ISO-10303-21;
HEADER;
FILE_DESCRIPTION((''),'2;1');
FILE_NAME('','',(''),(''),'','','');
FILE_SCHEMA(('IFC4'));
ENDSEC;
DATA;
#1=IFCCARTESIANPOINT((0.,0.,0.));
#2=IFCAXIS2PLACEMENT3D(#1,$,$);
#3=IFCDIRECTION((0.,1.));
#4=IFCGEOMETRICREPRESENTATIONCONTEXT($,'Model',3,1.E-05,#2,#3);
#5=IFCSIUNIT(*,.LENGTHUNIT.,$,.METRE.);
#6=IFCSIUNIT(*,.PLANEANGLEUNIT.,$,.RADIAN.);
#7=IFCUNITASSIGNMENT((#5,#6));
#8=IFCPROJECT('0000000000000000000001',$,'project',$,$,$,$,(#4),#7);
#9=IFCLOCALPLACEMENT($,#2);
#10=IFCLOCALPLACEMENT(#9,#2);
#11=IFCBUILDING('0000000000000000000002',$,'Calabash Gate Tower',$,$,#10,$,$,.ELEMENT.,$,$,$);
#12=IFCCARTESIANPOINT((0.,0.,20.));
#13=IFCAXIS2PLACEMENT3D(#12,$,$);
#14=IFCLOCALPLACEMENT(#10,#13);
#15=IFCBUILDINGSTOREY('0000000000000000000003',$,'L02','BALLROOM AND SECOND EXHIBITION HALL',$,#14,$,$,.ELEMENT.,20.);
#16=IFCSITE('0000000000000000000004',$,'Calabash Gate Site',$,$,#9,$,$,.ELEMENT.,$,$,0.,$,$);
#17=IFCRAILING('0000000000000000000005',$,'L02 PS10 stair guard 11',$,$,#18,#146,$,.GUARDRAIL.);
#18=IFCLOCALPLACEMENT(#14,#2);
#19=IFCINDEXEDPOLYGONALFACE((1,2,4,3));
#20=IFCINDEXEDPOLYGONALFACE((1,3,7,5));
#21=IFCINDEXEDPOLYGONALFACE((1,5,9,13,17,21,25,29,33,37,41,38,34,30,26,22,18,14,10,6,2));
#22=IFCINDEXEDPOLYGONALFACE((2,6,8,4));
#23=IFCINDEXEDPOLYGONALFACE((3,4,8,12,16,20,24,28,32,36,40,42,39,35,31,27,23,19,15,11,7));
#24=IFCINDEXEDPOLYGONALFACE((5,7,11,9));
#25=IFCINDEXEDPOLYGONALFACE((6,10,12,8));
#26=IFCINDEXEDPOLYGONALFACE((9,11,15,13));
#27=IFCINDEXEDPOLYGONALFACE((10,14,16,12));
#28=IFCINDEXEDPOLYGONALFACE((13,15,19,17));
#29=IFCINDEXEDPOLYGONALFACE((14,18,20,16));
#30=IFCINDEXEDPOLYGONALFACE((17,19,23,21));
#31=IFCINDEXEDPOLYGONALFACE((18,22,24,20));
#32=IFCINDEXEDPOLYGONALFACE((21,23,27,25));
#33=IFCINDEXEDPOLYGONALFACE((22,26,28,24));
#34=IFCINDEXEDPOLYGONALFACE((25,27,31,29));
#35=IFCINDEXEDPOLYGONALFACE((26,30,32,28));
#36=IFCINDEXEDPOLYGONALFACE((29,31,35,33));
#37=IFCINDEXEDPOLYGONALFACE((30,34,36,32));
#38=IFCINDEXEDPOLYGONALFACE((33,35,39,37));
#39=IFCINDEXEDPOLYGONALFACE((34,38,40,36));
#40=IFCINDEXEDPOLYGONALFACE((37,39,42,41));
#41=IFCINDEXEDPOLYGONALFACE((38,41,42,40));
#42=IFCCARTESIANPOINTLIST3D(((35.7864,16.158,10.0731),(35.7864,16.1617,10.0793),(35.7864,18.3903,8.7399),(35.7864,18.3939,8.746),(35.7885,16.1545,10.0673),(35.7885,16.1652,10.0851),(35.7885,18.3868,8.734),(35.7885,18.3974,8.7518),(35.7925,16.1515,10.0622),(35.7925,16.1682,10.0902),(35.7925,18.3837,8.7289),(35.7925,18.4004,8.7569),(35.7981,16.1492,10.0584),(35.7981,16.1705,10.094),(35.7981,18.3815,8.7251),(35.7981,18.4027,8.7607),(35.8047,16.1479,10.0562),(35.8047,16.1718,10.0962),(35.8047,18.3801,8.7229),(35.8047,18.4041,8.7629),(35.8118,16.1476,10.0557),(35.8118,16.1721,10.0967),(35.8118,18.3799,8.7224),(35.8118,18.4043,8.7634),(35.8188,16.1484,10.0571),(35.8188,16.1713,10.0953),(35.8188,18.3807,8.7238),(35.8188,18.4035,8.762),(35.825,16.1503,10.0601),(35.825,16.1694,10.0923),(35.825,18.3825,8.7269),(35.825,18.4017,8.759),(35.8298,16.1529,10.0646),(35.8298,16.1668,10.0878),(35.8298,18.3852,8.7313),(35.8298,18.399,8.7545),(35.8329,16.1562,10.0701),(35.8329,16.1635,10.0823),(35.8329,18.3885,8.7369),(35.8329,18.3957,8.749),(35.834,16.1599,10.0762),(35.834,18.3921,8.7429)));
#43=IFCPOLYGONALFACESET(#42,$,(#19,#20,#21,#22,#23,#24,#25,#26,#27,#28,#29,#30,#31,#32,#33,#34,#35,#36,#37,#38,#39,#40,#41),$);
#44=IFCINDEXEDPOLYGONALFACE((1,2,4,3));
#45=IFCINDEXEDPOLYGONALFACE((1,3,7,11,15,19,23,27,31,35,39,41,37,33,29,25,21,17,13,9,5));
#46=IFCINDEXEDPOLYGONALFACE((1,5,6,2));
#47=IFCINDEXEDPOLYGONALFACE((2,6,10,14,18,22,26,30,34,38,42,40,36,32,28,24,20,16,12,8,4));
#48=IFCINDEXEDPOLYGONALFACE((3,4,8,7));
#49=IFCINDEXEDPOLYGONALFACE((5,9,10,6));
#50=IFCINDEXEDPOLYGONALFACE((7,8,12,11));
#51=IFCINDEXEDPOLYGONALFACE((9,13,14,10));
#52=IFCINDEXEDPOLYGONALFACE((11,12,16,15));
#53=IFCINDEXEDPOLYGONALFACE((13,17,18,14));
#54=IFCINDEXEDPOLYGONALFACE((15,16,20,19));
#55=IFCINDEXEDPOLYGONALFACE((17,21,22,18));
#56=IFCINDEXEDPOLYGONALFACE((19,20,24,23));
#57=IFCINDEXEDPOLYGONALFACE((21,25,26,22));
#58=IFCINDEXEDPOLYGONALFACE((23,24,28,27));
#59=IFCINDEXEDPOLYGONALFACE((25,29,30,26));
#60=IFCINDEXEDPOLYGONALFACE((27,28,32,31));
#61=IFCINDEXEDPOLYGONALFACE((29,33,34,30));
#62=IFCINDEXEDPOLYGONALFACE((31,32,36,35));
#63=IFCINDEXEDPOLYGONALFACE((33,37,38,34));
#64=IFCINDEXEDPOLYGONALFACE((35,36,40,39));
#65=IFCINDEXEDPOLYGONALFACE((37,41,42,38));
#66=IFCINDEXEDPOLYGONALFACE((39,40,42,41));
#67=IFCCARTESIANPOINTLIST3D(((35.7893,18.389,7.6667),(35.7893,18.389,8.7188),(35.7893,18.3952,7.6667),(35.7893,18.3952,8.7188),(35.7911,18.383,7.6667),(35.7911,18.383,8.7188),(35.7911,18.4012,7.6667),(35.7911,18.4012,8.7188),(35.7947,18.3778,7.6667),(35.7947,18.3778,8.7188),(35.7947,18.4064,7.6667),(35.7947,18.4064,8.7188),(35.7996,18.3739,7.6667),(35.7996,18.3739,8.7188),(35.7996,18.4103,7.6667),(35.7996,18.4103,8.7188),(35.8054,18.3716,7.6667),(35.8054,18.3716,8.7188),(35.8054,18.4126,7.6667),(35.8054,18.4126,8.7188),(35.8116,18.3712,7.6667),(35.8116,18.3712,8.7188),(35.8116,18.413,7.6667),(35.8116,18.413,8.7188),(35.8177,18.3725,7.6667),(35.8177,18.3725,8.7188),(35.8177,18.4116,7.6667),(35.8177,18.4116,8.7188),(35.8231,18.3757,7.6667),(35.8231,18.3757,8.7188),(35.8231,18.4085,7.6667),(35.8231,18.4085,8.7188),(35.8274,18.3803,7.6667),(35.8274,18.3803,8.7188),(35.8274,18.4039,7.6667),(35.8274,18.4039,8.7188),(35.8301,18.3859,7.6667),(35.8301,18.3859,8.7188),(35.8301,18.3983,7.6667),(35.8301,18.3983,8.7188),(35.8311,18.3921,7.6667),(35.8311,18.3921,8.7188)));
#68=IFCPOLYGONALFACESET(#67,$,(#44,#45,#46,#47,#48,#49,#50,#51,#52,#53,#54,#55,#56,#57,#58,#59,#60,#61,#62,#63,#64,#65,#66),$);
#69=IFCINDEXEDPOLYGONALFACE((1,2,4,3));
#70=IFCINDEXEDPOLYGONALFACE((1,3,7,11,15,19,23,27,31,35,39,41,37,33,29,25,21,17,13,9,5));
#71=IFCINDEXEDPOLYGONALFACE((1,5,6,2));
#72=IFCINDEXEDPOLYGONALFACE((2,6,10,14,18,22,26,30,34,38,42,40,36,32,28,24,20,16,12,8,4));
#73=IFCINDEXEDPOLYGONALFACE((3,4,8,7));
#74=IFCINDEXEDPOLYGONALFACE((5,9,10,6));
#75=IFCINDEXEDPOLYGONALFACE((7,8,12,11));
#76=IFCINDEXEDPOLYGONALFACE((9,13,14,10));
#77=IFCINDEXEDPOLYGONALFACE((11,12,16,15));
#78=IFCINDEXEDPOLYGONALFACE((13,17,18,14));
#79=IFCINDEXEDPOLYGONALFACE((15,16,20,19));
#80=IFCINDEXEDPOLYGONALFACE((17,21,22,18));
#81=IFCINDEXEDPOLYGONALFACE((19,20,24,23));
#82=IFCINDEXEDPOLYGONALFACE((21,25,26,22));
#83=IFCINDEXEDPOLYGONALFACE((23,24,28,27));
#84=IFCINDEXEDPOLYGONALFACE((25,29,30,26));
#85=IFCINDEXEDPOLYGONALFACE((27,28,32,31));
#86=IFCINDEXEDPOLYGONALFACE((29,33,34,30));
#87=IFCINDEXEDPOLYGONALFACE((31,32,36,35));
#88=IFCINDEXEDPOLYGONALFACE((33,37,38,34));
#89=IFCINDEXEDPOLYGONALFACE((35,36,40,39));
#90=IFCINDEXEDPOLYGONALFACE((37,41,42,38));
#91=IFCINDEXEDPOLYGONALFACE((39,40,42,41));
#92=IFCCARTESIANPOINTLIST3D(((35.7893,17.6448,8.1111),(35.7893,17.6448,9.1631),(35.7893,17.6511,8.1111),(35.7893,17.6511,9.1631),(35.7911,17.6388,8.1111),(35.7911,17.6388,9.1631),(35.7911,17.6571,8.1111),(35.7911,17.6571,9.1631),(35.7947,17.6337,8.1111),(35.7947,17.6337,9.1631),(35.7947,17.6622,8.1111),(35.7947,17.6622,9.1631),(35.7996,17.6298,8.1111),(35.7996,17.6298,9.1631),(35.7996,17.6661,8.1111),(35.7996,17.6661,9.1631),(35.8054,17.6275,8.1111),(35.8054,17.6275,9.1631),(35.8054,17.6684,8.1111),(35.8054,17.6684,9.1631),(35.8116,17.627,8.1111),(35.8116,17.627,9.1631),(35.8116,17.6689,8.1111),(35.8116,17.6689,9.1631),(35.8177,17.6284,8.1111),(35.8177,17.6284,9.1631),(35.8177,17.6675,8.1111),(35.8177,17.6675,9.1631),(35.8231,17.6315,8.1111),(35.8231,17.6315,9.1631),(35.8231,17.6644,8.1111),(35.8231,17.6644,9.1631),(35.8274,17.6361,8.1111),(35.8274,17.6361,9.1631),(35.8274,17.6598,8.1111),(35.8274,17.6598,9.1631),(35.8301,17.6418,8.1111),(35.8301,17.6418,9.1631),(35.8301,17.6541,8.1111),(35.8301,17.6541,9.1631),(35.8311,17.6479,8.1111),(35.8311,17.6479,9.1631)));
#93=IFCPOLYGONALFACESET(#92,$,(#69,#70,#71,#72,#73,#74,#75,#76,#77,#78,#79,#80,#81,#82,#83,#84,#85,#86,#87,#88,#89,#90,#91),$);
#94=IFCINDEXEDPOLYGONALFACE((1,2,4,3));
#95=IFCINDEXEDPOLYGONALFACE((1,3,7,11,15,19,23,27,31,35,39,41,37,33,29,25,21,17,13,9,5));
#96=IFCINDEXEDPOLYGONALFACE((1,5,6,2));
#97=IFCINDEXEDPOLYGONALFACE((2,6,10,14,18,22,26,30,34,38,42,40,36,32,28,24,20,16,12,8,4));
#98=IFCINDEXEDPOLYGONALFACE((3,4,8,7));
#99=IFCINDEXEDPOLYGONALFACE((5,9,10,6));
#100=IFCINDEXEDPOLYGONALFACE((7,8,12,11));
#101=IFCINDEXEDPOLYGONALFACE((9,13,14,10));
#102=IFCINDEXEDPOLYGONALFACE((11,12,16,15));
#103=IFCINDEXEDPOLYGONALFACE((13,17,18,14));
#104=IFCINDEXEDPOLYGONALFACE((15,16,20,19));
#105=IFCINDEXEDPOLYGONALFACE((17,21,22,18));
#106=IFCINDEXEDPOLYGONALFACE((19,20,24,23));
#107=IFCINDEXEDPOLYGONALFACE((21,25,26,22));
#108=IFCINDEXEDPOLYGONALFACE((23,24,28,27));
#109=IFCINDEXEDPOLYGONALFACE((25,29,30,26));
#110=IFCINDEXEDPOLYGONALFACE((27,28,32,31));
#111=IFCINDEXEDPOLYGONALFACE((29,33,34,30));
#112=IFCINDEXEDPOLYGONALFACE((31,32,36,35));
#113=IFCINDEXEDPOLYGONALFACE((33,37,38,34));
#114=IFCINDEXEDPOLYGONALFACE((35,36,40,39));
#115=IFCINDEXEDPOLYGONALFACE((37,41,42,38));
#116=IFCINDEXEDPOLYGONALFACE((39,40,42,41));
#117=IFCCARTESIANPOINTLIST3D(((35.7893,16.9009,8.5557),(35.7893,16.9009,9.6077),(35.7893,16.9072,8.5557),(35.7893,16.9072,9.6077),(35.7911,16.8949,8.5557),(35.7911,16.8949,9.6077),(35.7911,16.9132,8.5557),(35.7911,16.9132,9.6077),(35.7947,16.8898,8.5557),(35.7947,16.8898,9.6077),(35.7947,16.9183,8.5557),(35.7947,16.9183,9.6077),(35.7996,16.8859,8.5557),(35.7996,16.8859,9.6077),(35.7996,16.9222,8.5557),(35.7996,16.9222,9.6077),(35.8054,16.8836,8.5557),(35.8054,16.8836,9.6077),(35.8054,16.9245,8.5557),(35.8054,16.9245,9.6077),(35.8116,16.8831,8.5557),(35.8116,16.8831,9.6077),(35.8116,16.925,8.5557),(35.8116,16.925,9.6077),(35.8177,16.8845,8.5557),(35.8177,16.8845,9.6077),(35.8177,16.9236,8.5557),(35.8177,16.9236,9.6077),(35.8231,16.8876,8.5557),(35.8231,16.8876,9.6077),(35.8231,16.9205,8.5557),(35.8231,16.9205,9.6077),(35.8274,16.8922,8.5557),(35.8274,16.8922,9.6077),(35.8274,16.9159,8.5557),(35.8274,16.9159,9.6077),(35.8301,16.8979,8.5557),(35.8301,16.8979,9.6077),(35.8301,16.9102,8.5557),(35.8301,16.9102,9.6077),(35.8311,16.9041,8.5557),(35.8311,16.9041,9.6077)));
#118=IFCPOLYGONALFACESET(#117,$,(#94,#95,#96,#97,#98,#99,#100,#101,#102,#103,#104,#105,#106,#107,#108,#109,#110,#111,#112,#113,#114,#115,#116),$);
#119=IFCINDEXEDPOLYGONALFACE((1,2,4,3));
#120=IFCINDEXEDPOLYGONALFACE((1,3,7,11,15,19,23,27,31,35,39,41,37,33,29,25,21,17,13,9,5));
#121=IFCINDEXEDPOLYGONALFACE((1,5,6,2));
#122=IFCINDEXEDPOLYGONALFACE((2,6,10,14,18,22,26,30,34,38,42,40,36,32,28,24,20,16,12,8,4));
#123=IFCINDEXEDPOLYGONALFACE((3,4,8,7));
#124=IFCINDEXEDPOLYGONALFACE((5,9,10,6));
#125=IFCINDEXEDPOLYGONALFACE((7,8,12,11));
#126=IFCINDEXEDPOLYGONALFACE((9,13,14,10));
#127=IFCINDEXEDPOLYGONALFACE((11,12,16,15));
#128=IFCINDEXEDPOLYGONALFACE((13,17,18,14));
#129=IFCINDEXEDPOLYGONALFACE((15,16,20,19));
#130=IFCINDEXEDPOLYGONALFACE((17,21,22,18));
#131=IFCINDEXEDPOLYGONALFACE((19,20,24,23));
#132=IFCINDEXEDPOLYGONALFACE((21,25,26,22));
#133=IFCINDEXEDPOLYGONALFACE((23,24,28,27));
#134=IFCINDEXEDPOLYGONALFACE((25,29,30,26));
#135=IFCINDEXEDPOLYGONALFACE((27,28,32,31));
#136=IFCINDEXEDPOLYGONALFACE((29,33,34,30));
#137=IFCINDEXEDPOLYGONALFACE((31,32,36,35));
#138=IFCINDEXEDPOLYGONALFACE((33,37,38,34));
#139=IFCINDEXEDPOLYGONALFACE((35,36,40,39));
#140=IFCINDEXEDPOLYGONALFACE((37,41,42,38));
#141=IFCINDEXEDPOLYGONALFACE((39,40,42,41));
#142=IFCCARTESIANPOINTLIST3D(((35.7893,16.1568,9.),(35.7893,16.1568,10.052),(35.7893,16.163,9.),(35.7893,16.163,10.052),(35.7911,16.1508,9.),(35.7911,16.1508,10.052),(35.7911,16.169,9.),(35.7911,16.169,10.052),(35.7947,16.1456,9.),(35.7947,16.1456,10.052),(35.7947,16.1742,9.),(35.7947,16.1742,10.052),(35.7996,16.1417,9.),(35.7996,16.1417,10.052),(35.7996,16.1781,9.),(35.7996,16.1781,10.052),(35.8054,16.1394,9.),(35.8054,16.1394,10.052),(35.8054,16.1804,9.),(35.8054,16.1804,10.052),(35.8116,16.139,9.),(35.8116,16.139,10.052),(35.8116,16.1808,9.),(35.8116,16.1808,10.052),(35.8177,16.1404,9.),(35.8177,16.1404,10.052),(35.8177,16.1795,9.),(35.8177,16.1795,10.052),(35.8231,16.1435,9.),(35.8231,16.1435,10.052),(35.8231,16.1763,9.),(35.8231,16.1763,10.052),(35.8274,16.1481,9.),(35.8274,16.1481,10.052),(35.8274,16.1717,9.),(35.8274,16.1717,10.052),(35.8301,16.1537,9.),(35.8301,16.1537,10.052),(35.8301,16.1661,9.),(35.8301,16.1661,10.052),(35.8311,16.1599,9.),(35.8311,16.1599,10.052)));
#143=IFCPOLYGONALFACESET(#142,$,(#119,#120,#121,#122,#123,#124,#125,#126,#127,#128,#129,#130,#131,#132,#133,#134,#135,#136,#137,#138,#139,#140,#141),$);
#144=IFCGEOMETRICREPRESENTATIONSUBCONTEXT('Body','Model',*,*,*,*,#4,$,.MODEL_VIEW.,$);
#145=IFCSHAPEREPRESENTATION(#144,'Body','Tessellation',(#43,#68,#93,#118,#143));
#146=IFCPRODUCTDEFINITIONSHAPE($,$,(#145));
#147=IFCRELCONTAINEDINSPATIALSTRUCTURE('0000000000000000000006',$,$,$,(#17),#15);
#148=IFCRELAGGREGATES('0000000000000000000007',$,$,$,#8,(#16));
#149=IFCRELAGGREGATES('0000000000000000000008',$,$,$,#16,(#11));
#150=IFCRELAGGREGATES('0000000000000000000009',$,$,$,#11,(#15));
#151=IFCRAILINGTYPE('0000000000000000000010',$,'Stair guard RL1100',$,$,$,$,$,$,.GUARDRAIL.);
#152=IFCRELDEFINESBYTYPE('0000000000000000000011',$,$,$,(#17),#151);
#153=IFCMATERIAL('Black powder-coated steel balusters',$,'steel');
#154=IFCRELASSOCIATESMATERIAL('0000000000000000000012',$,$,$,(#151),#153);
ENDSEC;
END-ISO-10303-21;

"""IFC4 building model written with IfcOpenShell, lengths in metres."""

from ifc_helpers import new_model, si_unit, direction, frame, origin, origin_2d, place, context, subcontext, project, spatial, circle, extrude, material, type_object, element, save


model = new_model("IFC4")

# Units and contexts
model_context = context("Model", 3, precision=1e-05, world=origin(), true_north=direction((0.0, 1.0)))
body_context = subcontext(model_context, "Body", "Model", "MODEL_VIEW")
ifc_project = project(units=[si_unit("LENGTHUNIT", "METRE"), si_unit("PLANEANGLEUNIT", "RADIAN")], contexts=[model_context])

# Site, building, storey
site_placement = place(None, origin())
site = spatial("IfcSite", under=ifc_project, at=site_placement, Name="Calabash Gate Site", CompositionType="ELEMENT", RefElevation=0.0)
building_placement = place(site_placement, origin())
building = spatial("IfcBuilding", under=site, at=building_placement, Name="Calabash Gate Tower", CompositionType="ELEMENT")
storey_placement = place(building_placement, frame((0.0, 0.0, 20.0)))
storey = spatial("IfcBuildingStorey", under=building, at=storey_placement, Name="L02", Description="BALLROOM AND SECOND EXHIBITION HALL", CompositionType="ELEMENT", Elevation=20.0)

# Railing
ifc_material_1 = material(Name="Black powder-coated steel balusters", Category="steel")
railing_type_1 = type_object("IfcRailingType", Name="Stair guard RL1100", PredefinedType="GUARDRAIL", material=ifc_material_1)
railing_1_placement = place(storey_placement, frame((35.8101, 18.3921, 7.6667)))
element("IfcRailing", 1, at=railing_1_placement, inside=storey, type_object=railing_type_1, Name="L02 PS10 stair guard 11", PredefinedType="GUARDRAIL", context=body_context, shape_type="SweptSolid", body=[
    extrude(circle(Radius=0.0239, at=origin_2d()), frame((0.0, 0.0, 1.0762), z_axis=(0.0, -0.858519, 0.512782), x_axis=(1.0, 0.0, 0.0)), (0.0, 0.0, 1.0), 2.6001),
    extrude(circle(Radius=0.021, at=origin_2d()), origin(), (0.0, 0.0, 1.0), 1.052),
    extrude(circle(Radius=0.021, at=origin_2d()), frame((0.0, -0.7441, 0.4443)), (0.0, 0.0, 1.0), 1.052),
    extrude(circle(Radius=0.021, at=origin_2d()), frame((0.0, -1.488, 0.8889)), (0.0, 0.0, 1.0), 1.052),
    extrude(circle(Radius=0.021, at=origin_2d()), frame((0.0, -2.2322, 1.3333)), (0.0, 0.0, 1.0), 1.052),
])

save(model, "model.ifc")
